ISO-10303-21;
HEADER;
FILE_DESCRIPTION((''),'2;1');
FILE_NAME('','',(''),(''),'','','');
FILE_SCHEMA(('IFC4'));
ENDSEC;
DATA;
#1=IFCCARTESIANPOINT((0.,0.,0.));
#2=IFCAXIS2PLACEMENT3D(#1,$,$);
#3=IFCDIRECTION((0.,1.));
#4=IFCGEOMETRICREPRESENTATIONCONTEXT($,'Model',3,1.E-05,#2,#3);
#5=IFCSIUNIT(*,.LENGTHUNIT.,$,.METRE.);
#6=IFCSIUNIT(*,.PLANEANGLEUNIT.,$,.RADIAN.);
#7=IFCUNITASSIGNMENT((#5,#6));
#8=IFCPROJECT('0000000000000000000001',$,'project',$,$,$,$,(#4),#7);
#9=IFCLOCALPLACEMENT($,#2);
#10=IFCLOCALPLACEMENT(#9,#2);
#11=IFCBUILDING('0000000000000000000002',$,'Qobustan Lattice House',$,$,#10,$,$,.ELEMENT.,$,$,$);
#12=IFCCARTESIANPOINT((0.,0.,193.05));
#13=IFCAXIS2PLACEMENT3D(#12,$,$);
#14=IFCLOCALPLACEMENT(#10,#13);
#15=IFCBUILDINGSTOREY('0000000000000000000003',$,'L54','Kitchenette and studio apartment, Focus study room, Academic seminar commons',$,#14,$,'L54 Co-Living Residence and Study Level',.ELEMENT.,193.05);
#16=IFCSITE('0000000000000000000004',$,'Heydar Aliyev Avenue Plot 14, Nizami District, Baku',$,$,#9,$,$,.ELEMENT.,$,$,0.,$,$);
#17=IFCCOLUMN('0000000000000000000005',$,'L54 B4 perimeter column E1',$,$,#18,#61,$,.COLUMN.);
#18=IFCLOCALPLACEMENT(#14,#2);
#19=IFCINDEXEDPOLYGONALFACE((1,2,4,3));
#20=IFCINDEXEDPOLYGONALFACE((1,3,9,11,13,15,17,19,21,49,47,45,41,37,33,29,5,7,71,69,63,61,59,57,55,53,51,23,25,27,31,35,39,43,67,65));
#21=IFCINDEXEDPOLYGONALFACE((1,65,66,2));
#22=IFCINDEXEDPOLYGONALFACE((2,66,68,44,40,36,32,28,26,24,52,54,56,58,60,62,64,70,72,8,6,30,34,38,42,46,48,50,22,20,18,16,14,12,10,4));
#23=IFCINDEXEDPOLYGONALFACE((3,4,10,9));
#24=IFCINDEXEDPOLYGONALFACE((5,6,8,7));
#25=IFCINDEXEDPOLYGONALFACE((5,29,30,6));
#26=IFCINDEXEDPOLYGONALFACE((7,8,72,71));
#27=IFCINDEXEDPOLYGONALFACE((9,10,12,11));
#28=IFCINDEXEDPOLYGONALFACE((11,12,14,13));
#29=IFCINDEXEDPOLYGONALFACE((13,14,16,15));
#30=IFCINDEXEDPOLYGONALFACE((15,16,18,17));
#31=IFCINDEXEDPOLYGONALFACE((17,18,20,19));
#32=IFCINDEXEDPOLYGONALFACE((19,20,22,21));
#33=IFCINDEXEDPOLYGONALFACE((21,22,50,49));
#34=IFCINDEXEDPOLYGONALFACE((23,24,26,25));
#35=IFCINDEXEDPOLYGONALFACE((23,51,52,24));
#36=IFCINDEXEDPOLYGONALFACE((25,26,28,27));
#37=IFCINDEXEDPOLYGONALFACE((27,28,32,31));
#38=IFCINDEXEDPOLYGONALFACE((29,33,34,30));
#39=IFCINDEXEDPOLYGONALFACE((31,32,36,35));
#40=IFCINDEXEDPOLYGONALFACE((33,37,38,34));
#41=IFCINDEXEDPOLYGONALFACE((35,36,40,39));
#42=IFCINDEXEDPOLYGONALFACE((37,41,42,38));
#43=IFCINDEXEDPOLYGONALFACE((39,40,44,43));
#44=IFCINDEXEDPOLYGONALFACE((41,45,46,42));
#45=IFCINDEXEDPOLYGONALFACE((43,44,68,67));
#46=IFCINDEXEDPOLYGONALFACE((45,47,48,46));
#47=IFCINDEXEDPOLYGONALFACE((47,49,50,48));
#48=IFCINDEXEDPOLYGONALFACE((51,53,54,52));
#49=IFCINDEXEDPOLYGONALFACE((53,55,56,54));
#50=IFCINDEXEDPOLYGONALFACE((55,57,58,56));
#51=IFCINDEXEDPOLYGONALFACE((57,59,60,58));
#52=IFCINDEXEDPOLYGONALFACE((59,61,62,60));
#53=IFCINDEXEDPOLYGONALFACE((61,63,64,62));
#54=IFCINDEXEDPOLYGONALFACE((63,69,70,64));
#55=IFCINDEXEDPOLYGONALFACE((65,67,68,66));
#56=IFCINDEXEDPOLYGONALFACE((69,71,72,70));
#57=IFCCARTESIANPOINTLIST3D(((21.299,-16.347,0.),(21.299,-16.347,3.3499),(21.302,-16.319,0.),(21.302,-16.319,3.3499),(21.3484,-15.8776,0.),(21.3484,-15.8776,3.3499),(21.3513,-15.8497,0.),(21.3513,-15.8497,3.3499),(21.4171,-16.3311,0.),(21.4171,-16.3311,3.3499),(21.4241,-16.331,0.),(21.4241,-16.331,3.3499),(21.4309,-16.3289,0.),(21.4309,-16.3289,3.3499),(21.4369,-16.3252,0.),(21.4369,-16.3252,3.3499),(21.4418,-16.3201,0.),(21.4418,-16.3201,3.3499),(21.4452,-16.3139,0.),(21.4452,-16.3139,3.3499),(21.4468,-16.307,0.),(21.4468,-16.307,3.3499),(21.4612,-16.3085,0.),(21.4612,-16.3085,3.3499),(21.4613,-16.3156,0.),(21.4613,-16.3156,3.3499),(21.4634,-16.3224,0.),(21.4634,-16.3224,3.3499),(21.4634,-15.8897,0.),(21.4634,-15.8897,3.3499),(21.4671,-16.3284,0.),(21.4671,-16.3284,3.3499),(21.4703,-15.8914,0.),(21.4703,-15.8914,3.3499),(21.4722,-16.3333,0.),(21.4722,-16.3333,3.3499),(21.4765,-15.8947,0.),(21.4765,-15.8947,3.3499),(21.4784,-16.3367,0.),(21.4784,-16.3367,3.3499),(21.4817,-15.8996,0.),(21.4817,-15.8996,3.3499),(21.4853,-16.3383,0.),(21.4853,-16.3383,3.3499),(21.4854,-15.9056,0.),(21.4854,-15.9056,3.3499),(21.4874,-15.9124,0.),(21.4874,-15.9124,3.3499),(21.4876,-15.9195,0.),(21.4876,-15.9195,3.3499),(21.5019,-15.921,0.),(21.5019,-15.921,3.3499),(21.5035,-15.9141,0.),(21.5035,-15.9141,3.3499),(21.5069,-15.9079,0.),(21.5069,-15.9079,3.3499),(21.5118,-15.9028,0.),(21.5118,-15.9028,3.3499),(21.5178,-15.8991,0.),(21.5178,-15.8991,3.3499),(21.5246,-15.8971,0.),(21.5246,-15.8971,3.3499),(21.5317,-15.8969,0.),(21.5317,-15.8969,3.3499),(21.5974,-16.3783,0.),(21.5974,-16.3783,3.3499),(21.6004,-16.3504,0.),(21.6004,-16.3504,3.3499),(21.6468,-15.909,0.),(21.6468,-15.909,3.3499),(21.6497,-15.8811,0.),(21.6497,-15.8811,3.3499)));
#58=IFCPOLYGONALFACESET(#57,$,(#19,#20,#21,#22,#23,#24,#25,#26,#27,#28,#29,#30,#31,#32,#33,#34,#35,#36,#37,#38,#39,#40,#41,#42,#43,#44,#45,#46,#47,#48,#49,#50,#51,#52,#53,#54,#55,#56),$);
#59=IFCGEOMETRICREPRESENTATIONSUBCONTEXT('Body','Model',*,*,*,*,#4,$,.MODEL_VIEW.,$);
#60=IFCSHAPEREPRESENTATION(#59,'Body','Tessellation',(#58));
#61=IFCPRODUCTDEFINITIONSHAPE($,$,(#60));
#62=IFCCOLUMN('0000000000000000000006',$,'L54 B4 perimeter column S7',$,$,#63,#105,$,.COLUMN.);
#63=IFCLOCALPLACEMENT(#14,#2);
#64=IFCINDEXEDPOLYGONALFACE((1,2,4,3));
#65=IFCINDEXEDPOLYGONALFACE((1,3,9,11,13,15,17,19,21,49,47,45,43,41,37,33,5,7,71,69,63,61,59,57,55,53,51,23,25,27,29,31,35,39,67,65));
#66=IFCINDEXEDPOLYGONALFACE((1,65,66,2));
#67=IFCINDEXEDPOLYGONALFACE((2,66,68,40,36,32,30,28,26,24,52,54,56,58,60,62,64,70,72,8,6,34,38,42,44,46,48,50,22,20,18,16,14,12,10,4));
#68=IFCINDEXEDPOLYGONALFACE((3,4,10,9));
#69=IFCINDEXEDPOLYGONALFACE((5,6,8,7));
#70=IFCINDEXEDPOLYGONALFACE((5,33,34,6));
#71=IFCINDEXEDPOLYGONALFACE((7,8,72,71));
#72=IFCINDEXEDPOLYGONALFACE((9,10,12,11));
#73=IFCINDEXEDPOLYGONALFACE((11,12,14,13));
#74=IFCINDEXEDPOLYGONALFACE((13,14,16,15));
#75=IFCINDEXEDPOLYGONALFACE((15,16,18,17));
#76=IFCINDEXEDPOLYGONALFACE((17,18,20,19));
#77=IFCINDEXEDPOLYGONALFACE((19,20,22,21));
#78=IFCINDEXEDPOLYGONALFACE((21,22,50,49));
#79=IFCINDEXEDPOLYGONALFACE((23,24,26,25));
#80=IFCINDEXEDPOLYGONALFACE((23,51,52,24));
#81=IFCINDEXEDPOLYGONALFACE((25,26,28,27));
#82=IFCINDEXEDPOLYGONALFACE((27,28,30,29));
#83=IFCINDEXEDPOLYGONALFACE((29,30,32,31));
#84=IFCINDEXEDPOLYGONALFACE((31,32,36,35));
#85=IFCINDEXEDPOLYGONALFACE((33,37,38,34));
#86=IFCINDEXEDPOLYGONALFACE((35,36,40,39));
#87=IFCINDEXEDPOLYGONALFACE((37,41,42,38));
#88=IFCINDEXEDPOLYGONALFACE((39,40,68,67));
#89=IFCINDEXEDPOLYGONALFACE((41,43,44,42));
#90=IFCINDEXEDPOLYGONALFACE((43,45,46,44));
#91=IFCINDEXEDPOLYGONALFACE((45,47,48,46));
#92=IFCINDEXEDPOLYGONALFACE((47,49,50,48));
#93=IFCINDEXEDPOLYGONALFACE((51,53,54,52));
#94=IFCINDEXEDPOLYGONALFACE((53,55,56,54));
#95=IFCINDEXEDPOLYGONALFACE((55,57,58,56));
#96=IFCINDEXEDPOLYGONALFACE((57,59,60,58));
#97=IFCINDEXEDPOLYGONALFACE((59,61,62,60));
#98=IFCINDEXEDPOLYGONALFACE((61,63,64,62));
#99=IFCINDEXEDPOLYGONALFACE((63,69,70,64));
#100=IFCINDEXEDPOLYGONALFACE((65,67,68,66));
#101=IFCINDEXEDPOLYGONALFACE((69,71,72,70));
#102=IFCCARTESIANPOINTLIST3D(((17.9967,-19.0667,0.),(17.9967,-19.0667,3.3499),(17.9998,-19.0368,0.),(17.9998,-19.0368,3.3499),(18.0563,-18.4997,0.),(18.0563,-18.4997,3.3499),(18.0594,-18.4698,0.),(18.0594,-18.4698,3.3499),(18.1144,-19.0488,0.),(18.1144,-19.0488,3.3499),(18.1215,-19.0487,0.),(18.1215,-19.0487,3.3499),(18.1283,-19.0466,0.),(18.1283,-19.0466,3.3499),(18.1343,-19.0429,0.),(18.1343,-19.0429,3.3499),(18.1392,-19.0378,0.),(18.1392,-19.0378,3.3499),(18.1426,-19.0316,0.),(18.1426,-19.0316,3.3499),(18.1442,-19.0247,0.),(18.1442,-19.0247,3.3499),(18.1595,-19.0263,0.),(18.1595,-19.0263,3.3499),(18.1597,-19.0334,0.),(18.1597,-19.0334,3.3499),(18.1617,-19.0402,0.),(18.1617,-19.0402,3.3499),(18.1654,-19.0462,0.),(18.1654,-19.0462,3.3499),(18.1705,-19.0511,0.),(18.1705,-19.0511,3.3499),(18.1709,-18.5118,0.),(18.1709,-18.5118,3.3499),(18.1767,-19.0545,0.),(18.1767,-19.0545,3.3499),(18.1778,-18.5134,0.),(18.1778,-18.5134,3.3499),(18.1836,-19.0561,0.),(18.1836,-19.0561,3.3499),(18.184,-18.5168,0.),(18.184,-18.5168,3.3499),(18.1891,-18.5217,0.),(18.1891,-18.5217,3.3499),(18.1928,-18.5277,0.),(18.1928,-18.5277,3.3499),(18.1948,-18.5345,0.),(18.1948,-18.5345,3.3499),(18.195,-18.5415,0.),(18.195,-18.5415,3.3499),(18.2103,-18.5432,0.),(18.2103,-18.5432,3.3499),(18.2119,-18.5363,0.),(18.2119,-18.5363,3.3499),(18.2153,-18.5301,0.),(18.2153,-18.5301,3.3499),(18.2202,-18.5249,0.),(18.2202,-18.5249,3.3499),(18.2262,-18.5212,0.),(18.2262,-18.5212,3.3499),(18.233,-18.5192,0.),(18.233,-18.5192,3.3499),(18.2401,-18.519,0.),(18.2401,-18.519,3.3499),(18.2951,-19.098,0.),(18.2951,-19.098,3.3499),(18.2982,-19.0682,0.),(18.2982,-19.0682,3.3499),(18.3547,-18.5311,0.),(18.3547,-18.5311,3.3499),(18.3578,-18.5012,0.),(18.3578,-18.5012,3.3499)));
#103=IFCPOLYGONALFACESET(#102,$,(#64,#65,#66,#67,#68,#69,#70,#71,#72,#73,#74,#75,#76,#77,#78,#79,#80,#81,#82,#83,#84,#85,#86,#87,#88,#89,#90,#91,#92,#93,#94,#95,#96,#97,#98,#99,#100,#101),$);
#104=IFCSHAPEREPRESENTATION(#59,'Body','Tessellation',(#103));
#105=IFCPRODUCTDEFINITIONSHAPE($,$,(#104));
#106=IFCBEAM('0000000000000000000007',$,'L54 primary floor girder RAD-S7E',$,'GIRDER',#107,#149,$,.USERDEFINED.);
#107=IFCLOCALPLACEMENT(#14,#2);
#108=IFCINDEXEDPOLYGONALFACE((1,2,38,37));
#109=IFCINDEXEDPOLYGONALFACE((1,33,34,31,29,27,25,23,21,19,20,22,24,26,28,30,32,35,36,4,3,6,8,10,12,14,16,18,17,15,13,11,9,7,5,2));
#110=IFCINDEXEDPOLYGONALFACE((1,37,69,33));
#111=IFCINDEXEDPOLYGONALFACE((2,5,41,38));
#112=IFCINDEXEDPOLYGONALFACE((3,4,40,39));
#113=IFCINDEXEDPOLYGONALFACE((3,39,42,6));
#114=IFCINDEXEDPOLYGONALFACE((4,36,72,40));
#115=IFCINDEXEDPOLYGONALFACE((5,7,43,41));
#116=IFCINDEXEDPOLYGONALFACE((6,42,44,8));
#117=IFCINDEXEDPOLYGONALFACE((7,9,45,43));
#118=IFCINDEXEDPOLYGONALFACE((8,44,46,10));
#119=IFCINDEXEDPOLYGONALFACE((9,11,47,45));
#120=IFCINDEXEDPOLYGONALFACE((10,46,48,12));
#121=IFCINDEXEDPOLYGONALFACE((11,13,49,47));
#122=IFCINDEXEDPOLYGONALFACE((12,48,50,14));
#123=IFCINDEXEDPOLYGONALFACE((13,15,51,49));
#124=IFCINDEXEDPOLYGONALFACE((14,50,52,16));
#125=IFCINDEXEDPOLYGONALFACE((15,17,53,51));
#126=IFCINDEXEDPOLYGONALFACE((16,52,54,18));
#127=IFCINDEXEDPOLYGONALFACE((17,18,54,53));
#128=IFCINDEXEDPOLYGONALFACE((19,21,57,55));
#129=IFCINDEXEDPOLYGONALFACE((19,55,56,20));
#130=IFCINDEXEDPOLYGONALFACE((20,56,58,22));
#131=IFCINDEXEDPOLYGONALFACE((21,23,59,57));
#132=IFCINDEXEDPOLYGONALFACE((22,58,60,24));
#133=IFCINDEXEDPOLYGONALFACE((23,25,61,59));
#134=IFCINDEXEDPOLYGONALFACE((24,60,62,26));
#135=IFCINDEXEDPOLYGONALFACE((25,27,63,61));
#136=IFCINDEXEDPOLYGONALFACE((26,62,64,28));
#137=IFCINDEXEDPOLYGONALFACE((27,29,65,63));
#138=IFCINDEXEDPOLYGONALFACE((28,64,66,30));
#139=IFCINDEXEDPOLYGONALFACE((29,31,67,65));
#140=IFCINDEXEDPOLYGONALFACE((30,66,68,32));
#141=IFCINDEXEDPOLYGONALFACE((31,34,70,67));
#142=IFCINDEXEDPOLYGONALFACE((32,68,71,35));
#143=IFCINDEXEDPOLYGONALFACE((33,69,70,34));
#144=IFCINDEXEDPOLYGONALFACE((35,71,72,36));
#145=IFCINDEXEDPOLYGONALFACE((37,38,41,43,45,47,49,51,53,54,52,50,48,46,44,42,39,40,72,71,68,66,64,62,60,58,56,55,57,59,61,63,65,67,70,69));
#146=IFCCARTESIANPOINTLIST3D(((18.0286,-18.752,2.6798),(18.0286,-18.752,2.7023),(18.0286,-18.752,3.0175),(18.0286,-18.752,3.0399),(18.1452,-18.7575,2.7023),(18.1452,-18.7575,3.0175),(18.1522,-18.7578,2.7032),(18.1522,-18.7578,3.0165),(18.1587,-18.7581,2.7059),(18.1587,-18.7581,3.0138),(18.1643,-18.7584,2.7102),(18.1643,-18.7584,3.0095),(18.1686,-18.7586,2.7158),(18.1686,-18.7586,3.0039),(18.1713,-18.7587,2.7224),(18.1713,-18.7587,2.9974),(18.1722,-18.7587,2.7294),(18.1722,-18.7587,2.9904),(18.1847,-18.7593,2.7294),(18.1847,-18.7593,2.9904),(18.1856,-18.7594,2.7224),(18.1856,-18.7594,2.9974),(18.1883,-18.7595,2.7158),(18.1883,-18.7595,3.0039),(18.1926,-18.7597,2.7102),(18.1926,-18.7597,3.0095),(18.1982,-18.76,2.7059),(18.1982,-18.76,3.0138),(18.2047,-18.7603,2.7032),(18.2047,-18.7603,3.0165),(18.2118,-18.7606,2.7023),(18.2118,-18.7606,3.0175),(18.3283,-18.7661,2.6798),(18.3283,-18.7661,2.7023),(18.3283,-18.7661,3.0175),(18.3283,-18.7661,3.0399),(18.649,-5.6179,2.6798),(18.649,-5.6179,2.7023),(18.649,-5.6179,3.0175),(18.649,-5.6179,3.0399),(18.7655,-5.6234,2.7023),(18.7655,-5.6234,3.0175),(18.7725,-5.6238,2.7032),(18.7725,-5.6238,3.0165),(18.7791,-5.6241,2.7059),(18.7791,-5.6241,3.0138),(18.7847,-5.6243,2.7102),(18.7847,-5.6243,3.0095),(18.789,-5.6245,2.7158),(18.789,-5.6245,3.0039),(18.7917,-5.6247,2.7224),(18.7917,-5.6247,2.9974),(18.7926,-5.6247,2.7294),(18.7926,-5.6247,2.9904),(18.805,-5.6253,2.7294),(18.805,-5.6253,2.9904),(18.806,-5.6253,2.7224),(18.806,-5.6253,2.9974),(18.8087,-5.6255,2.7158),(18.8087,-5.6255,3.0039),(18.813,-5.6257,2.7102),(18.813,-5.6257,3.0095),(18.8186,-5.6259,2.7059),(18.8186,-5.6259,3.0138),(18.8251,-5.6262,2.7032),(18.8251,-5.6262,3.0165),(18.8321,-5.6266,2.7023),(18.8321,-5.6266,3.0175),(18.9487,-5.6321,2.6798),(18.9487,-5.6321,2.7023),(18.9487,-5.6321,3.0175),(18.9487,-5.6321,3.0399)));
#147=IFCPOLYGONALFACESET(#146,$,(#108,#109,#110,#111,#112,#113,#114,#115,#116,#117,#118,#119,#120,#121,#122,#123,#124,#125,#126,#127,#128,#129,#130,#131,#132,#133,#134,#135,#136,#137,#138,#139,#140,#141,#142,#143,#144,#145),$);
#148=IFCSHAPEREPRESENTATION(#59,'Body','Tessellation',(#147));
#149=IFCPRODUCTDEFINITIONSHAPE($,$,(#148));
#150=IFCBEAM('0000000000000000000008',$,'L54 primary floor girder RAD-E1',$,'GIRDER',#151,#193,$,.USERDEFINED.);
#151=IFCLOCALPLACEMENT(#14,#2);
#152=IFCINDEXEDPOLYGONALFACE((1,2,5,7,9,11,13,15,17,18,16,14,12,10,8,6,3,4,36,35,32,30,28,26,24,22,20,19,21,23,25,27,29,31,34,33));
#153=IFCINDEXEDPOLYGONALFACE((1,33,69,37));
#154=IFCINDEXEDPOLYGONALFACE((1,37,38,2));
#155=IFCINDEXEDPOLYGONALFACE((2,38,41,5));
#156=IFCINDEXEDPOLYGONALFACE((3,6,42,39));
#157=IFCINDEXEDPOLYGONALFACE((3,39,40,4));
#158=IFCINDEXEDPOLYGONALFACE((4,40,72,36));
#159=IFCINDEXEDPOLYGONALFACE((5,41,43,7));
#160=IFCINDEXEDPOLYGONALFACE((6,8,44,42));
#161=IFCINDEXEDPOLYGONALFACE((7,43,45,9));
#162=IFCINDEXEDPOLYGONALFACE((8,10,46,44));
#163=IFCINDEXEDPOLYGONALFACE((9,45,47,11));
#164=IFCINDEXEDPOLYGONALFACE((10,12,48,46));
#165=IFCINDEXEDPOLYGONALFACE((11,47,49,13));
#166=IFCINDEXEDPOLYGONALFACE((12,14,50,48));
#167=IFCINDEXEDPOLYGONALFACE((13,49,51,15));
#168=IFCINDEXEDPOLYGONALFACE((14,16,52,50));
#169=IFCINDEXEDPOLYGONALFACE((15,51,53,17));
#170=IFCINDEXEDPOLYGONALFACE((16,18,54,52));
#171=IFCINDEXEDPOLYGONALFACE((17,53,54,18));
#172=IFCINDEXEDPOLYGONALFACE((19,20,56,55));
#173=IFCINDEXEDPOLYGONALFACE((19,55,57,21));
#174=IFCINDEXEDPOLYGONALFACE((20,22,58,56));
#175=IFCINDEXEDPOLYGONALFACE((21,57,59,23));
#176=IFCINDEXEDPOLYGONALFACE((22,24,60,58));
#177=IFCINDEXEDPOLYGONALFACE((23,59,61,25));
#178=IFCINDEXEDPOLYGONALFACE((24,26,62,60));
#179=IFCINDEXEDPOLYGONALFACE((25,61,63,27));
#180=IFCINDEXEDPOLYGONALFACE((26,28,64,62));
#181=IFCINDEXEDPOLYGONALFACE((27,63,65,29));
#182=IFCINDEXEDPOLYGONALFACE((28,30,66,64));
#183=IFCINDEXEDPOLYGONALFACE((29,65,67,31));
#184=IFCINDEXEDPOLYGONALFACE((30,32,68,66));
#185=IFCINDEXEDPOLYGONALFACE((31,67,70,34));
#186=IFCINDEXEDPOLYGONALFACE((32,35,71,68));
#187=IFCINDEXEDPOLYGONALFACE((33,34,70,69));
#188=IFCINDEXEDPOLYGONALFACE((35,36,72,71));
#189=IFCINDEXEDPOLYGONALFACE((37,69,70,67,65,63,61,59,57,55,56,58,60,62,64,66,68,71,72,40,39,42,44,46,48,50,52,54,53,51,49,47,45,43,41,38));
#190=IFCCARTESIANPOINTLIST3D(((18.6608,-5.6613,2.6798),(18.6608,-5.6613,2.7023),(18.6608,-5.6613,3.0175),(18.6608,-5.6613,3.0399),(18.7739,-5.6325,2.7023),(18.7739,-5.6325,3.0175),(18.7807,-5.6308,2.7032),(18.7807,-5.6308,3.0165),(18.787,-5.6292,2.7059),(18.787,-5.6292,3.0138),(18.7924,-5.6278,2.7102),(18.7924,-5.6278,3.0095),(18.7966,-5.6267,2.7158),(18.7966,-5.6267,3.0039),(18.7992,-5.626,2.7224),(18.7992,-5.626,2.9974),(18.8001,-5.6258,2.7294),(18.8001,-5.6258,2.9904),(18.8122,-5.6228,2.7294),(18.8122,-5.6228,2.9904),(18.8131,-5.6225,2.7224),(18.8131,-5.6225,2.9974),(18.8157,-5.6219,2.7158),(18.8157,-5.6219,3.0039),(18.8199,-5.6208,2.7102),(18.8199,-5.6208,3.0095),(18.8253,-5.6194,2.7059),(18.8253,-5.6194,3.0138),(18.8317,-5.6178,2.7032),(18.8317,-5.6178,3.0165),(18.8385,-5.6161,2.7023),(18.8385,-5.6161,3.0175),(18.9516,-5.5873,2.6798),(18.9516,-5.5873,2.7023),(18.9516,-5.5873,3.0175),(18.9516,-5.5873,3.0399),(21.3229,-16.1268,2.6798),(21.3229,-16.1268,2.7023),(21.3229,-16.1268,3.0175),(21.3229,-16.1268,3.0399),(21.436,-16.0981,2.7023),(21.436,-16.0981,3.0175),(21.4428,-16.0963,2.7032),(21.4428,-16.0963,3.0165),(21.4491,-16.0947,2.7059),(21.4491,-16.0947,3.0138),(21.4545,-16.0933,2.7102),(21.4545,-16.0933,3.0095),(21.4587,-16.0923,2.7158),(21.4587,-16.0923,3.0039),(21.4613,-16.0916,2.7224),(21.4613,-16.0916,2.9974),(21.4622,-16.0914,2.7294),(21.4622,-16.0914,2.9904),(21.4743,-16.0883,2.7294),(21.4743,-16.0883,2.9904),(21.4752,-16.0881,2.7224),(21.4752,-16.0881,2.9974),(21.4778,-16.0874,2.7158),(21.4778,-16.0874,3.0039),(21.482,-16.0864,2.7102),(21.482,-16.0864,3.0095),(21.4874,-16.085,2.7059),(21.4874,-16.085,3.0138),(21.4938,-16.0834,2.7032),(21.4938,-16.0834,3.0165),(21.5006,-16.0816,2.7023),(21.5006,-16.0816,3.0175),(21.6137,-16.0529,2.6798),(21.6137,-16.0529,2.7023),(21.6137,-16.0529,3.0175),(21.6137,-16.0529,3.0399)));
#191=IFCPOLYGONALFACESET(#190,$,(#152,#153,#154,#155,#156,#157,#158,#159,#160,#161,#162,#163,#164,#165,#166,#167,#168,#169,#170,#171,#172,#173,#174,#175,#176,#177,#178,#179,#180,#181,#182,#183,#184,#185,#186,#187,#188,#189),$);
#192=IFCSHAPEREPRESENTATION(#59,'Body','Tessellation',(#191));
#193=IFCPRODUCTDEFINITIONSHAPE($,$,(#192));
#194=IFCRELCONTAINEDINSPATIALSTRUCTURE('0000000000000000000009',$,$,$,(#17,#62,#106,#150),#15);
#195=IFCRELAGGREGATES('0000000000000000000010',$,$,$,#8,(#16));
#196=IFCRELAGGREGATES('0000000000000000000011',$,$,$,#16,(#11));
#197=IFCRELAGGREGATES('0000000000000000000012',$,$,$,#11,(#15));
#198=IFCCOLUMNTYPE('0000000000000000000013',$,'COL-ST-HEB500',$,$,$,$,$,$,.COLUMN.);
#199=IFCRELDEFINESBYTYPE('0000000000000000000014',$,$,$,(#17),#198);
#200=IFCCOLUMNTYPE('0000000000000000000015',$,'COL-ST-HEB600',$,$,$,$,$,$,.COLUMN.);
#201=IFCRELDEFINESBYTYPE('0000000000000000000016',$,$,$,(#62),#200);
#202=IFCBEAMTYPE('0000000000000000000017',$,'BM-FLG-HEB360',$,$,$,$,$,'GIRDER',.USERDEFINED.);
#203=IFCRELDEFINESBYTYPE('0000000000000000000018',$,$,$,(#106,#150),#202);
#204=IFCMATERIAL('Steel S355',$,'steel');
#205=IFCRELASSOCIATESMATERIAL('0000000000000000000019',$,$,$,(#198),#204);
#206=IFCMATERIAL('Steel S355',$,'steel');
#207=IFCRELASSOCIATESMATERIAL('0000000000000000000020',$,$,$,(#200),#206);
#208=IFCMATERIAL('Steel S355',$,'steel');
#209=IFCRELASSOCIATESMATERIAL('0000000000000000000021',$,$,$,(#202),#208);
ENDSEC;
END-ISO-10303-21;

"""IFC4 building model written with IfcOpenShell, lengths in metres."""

from ifc_helpers import new_model, si_unit, direction, frame, origin, origin_2d, place, context, subcontext, project, spatial, i_section, extrude, material, material_profile, profile_set, type_object, element, save


model = new_model("IFC4")

# Units and contexts
model_context = context("Model", 3, precision=1e-05, world=origin(), true_north=direction((0.0, 1.0)))
body_context = subcontext(model_context, "Body", "Model", "MODEL_VIEW")
ifc_project = project(units=[si_unit("LENGTHUNIT", "METRE"), si_unit("PLANEANGLEUNIT", "RADIAN")], contexts=[model_context])

# Site, building, storey
site_placement = place(None, origin())
site = spatial("IfcSite", under=ifc_project, at=site_placement, Name="Heydar Aliyev Avenue Plot 14, Nizami District, Baku", CompositionType="ELEMENT", RefElevation=0.0)
building_placement = place(site_placement, origin())
building = spatial("IfcBuilding", under=site, at=building_placement, Name="Qobustan Lattice House", CompositionType="ELEMENT")
storey_placement = place(building_placement, frame((0.0, 0.0, 193.05)))
storey = spatial("IfcBuildingStorey", under=building, at=storey_placement, Name="L54", Description="Kitchenette and studio apartment, Focus study room, Academic seminar commons", LongName="L54 Co-Living Residence and Study Level", CompositionType="ELEMENT", Elevation=193.05)

# Columns
ifc_material_1 = material(Name="Steel S355", Category="steel")
ifc_material_profile_1 = material_profile(ifc_material_1, i_section(OverallWidth=0.3, OverallDepth=0.5, WebThickness=0.0144, FlangeThickness=0.0281, FilletRadius=0.0271, at=origin_2d()), Name="HEB500")
ifc_profile_set_1 = profile_set([ifc_material_profile_1], Name="Steel S355")
column_type_1 = type_object("IfcColumnType", Name="COL-ST-HEB500", PredefinedType="COLUMN", material=ifc_profile_set_1)
column_1_placement = place(storey_placement, frame((21.4744, -16.114, 0.0), z_axis=(0.0, 0.0, 1.0), x_axis=(0.994522, -0.104528, 0.0)))
element("IfcColumn", 1, at=column_1_placement, inside=storey, type_object=column_type_1, Name="L54 B4 perimeter column E1", PredefinedType="COLUMN", context=body_context, shape_type="SweptSolid", body=[
    extrude(i_section(OverallWidth=0.3, OverallDepth=0.5, WebThickness=0.0144, FlangeThickness=0.0281, FilletRadius=0.0271, at=origin_2d()), origin(), (0.0, 0.0, 1.0), 3.3499),
])
ifc_material_2 = material(Name="Steel S355", Category="steel")
ifc_material_profile_2 = material_profile(ifc_material_2, i_section(OverallWidth=0.3, OverallDepth=0.6001, WebThickness=0.0154, FlangeThickness=0.03, FilletRadius=0.0271, at=origin_2d()), Name="HEB600")
ifc_profile_set_2 = profile_set([ifc_material_profile_2], Name="Steel S355")
column_type_2 = type_object("IfcColumnType", Name="COL-ST-HEB600", PredefinedType="COLUMN", material=ifc_profile_set_2)
column_2_placement = place(storey_placement, frame((18.1772, -18.7839, 0.0), z_axis=(0.0, 0.0, 1.0), x_axis=(0.994522, -0.104528, 0.0)))
element("IfcColumn", 2, at=column_2_placement, inside=storey, type_object=column_type_2, Name="L54 B4 perimeter column S7", PredefinedType="COLUMN", context=body_context, shape_type="SweptSolid", body=[
    extrude(i_section(OverallWidth=0.3, OverallDepth=0.6001, WebThickness=0.0154, FlangeThickness=0.03, FilletRadius=0.0271, at=origin_2d()), origin(), (0.0, 0.0, 1.0), 3.3499),
])

# Beams
ifc_material_3 = material(Name="Steel S355", Category="steel")
ifc_material_profile_3 = material_profile(ifc_material_3, i_section(OverallWidth=0.3, OverallDepth=0.3601, WebThickness=0.0125, FlangeThickness=0.0225, FilletRadius=0.0271, at=origin_2d()), Name="HEB360")
ifc_profile_set_3 = profile_set([ifc_material_profile_3], Name="Steel S355")
beam_type_1 = type_object("IfcBeamType", Name="BM-FLG-HEB360", ElementType="GIRDER", PredefinedType="USERDEFINED", material=ifc_profile_set_3)
beam_1_placement = place(storey_placement, frame((18.1785, -18.759, 2.8599), z_axis=(0.047181, 0.998886, 0.0), x_axis=(-0.998886, 0.047181, 0.0)))
element("IfcBeam", 3, at=beam_1_placement, inside=storey, type_object=beam_type_1, Name="L54 primary floor girder RAD-S7E", ObjectType="GIRDER", PredefinedType="USERDEFINED", context=body_context, shape_type="SweptSolid", body=[
    extrude(i_section(OverallWidth=0.3, OverallDepth=0.3601, WebThickness=0.0125, FlangeThickness=0.0225, FilletRadius=0.0271, at=origin_2d()), origin(), (0.0, 0.0, 1.0), 13.1487),
])
beam_2_placement = place(storey_placement, frame((21.4683, -16.0898, 2.8599), z_axis=(-0.246518, 0.969138, 0.0), x_axis=(-0.969138, -0.246518, 0.0)))
element("IfcBeam", 4, at=beam_2_placement, inside=storey, type_object=beam_type_1, Name="L54 primary floor girder RAD-E1", ObjectType="GIRDER", PredefinedType="USERDEFINED", context=body_context, shape_type="SweptSolid", body=[
    extrude(i_section(OverallWidth=0.3, OverallDepth=0.3601, WebThickness=0.0125, FlangeThickness=0.0225, FilletRadius=0.0271, at=origin_2d()), origin(), (0.0, 0.0, 1.0), 10.7988),
])

save(model, "model.ifc")
